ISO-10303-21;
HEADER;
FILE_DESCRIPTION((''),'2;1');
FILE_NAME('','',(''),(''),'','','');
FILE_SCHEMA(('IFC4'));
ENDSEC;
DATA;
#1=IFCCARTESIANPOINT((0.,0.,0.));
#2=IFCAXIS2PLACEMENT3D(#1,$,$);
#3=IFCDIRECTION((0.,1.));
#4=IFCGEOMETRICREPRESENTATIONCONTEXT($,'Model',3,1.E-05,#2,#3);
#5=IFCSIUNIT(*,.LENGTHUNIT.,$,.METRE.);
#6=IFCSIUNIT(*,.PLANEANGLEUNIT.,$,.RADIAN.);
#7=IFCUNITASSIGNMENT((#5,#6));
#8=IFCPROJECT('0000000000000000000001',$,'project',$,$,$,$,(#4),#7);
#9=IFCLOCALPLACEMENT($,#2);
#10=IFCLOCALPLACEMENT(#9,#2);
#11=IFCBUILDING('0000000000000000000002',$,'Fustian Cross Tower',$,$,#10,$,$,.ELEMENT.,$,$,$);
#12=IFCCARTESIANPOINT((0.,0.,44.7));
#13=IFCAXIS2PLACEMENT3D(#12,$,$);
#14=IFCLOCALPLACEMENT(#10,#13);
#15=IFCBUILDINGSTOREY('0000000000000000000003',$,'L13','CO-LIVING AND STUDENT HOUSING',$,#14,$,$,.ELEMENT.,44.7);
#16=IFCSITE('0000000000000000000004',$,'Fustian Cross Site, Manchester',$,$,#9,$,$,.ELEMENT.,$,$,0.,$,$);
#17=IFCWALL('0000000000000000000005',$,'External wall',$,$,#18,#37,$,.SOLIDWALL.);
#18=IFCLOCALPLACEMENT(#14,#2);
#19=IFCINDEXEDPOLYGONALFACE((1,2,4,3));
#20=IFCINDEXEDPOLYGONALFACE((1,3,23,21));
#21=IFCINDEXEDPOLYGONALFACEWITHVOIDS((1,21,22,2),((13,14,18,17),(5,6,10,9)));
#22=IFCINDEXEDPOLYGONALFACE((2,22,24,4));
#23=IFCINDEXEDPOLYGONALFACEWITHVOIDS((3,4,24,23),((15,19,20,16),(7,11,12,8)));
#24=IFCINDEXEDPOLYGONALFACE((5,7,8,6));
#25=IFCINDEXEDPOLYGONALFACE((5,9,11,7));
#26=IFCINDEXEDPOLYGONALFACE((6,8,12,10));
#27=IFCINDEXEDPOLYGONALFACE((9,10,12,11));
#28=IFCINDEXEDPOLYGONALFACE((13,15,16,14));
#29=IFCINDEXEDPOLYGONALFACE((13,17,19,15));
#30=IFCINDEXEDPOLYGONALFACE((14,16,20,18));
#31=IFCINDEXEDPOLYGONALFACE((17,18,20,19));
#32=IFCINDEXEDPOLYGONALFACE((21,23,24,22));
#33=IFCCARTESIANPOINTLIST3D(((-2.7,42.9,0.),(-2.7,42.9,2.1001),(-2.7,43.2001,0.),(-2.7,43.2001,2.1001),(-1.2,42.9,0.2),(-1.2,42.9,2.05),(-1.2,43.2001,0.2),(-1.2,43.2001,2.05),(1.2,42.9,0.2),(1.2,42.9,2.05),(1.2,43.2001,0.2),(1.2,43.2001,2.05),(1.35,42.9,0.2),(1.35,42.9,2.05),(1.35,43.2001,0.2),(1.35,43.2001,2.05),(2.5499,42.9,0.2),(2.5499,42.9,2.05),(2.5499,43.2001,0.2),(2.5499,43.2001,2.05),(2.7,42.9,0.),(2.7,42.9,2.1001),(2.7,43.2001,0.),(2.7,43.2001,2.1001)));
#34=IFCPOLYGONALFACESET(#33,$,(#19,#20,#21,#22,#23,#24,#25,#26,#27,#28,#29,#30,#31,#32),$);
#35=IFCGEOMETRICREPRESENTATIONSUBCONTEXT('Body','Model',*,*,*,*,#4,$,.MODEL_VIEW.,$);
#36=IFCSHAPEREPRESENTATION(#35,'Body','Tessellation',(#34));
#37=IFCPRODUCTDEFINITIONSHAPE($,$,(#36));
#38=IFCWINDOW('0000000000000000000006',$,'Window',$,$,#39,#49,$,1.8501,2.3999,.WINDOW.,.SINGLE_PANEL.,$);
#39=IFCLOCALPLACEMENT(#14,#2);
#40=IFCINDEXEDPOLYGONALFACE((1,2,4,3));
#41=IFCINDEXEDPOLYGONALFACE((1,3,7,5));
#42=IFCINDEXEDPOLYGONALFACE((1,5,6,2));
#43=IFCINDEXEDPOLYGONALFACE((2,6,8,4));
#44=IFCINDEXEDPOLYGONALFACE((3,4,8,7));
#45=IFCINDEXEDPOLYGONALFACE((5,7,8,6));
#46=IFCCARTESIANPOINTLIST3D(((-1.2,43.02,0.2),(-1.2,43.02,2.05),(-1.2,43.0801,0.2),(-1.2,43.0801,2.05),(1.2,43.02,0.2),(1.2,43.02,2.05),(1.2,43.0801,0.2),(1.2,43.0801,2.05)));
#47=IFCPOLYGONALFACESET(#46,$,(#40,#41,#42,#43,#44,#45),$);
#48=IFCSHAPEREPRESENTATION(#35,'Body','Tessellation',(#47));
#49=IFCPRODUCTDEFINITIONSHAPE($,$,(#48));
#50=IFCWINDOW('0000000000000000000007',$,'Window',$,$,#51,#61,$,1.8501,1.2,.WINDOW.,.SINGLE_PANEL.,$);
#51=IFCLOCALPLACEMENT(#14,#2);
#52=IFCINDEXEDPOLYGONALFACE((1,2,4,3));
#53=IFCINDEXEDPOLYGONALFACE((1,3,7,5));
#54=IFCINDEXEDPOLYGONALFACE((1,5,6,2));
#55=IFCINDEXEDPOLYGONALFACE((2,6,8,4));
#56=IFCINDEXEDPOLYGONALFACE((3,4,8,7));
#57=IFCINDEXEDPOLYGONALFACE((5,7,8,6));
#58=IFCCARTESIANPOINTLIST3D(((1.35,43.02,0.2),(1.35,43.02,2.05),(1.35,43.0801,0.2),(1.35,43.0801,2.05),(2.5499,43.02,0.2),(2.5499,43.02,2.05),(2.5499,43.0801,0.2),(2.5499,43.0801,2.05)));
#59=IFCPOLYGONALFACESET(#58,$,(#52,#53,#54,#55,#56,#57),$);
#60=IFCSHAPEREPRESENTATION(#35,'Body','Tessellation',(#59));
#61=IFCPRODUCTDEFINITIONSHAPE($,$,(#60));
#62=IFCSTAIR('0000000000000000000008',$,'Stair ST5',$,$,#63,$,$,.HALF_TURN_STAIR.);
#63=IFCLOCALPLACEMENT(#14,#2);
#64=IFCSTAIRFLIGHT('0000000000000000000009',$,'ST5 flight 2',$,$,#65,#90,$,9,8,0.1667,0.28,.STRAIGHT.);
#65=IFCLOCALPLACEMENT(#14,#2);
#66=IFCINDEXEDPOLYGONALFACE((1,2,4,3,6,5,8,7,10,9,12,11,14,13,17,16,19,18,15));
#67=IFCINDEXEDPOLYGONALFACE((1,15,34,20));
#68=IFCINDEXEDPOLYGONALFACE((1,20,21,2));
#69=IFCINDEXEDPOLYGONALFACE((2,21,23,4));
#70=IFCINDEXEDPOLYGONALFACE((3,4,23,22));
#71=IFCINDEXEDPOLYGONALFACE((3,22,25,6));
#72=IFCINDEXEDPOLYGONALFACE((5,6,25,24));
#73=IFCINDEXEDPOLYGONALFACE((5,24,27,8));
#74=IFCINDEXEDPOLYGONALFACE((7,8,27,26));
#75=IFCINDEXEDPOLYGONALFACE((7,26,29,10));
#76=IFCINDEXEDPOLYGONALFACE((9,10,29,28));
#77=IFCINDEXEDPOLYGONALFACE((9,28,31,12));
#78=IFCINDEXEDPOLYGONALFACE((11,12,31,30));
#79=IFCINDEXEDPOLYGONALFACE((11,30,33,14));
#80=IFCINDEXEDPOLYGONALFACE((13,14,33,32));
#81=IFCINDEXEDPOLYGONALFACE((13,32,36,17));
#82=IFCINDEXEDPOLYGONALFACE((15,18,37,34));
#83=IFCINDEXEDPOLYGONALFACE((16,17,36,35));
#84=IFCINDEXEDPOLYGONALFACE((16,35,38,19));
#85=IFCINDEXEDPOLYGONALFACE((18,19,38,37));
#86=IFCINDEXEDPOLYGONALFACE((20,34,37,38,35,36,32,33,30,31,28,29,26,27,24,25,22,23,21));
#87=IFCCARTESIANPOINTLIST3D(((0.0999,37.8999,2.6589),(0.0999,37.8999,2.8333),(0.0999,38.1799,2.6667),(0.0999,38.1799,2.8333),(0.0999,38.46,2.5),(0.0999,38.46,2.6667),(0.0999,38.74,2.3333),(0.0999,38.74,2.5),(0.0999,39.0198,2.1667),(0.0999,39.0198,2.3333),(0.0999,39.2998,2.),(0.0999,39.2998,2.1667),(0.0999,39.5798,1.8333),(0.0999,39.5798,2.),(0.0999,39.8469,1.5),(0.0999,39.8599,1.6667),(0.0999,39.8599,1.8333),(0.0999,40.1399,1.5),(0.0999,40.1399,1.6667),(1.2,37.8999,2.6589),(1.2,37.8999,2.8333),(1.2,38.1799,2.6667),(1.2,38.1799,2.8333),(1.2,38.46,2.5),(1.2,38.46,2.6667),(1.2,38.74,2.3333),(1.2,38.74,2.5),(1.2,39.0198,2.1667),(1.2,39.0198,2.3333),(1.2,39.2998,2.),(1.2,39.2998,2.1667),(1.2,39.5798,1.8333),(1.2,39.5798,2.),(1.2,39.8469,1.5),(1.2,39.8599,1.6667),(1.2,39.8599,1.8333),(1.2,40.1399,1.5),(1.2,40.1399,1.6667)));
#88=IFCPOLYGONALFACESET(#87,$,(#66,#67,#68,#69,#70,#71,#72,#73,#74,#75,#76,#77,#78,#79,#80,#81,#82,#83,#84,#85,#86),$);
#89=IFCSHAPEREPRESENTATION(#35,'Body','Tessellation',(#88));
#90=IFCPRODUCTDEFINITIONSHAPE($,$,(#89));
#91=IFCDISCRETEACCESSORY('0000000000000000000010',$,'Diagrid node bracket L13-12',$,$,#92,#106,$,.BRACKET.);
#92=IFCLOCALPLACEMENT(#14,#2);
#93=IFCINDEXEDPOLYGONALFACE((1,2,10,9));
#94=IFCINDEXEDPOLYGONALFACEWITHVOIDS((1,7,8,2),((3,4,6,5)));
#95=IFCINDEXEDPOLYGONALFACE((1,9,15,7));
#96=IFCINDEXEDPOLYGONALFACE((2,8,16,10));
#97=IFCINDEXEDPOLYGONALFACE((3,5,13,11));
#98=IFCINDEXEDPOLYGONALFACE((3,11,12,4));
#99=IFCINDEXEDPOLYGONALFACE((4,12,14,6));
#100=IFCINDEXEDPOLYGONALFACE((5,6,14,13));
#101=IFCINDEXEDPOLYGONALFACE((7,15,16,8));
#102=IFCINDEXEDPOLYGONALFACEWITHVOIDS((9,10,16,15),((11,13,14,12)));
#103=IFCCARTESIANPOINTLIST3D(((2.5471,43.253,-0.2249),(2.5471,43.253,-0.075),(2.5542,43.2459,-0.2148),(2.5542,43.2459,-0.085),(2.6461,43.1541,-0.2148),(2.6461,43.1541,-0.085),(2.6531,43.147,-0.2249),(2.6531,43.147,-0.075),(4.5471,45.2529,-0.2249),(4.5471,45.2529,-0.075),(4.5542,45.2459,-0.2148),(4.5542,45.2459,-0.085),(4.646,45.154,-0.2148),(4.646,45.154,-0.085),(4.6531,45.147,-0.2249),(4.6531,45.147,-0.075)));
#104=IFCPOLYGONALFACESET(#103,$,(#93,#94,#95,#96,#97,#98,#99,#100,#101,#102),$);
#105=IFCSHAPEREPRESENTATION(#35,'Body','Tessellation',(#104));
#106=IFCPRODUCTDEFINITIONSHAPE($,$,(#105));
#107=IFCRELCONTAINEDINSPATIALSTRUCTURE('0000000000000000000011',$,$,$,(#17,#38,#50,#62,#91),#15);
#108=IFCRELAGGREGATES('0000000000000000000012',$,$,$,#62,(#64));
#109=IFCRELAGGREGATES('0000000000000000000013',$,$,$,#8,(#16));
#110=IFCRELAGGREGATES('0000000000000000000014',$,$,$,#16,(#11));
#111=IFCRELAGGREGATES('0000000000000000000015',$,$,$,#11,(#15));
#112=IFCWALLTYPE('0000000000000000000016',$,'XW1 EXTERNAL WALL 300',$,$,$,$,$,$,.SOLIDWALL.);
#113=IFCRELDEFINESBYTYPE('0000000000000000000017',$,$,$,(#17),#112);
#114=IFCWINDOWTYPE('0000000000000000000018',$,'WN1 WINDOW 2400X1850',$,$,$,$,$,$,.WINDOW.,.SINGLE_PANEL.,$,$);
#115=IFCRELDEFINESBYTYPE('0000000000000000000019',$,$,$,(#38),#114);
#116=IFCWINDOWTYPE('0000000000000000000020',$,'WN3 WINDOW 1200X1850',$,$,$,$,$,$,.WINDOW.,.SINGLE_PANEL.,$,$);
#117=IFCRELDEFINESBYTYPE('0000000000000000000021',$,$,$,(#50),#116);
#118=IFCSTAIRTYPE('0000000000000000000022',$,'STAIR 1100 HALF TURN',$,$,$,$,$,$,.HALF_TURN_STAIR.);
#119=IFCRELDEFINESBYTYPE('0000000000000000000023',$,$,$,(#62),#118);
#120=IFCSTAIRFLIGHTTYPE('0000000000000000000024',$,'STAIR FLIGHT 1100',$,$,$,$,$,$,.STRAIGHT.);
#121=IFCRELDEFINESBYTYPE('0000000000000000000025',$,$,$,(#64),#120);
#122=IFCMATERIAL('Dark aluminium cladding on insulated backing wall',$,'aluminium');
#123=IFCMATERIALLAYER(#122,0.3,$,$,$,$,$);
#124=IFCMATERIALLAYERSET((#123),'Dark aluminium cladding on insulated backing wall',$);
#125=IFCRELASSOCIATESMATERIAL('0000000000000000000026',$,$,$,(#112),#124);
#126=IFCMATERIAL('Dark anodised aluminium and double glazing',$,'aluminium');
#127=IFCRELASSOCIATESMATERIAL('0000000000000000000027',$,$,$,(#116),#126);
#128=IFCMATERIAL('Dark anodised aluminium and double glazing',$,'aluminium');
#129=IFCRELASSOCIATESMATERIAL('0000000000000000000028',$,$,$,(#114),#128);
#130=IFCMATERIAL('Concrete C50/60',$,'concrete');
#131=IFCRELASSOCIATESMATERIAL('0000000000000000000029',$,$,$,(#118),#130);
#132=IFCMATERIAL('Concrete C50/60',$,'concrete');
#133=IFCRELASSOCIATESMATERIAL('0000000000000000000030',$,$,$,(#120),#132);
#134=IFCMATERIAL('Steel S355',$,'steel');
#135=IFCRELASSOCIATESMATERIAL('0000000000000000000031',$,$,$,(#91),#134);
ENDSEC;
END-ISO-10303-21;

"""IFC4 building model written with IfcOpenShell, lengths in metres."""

from ifc_helpers import new_model, si_unit, direction, frame, frame_2d, origin, origin_2d, place, context, subcontext, project, spatial, polyline, rectangle, hollow_rectangle, outline, extrude, material, layer, layer_set, type_object, element, fill, aggregate, save


model = new_model("IFC4")

# Units and contexts
model_context = context("Model", 3, precision=1e-05, world=origin(), true_north=direction((0.0, 1.0)))
body_context = subcontext(model_context, "Body", "Model", "MODEL_VIEW")
ifc_project = project(units=[si_unit("LENGTHUNIT", "METRE"), si_unit("PLANEANGLEUNIT", "RADIAN")], contexts=[model_context])

# Site, building, storey
site_placement = place(None, origin())
site = spatial("IfcSite", under=ifc_project, at=site_placement, Name="Fustian Cross Site, Manchester", CompositionType="ELEMENT", RefElevation=0.0)
building_placement = place(site_placement, origin())
building = spatial("IfcBuilding", under=site, at=building_placement, Name="Fustian Cross Tower", CompositionType="ELEMENT")
storey_placement = place(building_placement, frame((0.0, 0.0, 44.7)))
storey = spatial("IfcBuildingStorey", under=building, at=storey_placement, Name="L13", Description="CO-LIVING AND STUDENT HOUSING", CompositionType="ELEMENT", Elevation=44.7)

# Shared definitions
ifc_material_1 = material(Name="Dark aluminium cladding on insulated backing wall", Category="aluminium")
ifc_layer_1 = layer(ifc_material_1, 0.3)
ifc_layer_set_1 = layer_set([ifc_layer_1], Name="Dark aluminium cladding on insulated backing wall")
wall_type_1 = type_object("IfcWallType", Name="XW1 EXTERNAL WALL 300", PredefinedType="SOLIDWALL", material=ifc_layer_set_1)
ifc_material_2 = material(Name="Dark anodised aluminium and double glazing", Category="aluminium")
window_type_1 = type_object("IfcWindowType", Name="WN3 WINDOW 1200X1850", PartitioningType="SINGLE_PANEL", PredefinedType="WINDOW", material=ifc_material_2)

# Wall, openings, windows
wall_1_placement = place(storey_placement, frame((2.7, 43.05, 0.0), z_axis=(0.0, 0.0, 1.0), x_axis=(-1.0, 0.0, 0.0)))
wall_1 = element("IfcWall", 1, at=wall_1_placement, inside=storey, type_object=wall_type_1, Name="External wall", PredefinedType="SOLIDWALL", context=body_context, shape_type="SweptSolid", body=[
    extrude(rectangle(XDim=5.3999, YDim=0.3, at=frame_2d((2.7, 0.0))), origin(), (0.0, 0.0, 1.0), 2.1001),
])
opening_1_placement = place(wall_1_placement, frame((1.5, 0.0, 0.2)))
opening_1 = element("IfcOpeningElement", 2, at=opening_1_placement, cuts=wall_1, PredefinedType="OPENING", context=body_context, shape_type="SweptSolid", body=[
    extrude(rectangle(XDim=2.3999, YDim=1.8501, at=frame_2d((1.2, 0.925))), frame((0.0, 0.1599, 0.0), z_axis=(0.0, -1.0, 0.0), x_axis=(1.0, 0.0, 0.0)), (0.0, 0.0, 1.0), 0.3201),
])
opening_2_placement = place(wall_1_placement, frame((0.1499, 0.0, 0.2)))
opening_2 = element("IfcOpeningElement", 3, at=opening_2_placement, cuts=wall_1, PredefinedType="OPENING", context=body_context, shape_type="SweptSolid", body=[
    extrude(rectangle(XDim=1.2, YDim=1.8501, at=frame_2d((0.6001, 0.925))), frame((0.0, 0.1599, 0.0), z_axis=(0.0, -1.0, 0.0), x_axis=(1.0, 0.0, 0.0)), (0.0, 0.0, 1.0), 0.3201),
])
ifc_material_3 = material(Name="Dark anodised aluminium and double glazing", Category="aluminium")
window_type_2 = type_object("IfcWindowType", Name="WN1 WINDOW 2400X1850", PartitioningType="SINGLE_PANEL", PredefinedType="WINDOW", material=ifc_material_3)
window_1_placement = place(opening_1_placement, origin())
window_1 = element("IfcWindow", 4, at=window_1_placement, inside=storey, type_object=window_type_2, Name="Window", OverallHeight=1.8501, OverallWidth=2.3999, PartitioningType="SINGLE_PANEL", PredefinedType="WINDOW", context=body_context, shape_type="SweptSolid", body=[
    extrude(rectangle(XDim=2.3999, YDim=1.8501, at=frame_2d((1.2, 0.925))), frame((0.0, 0.03, 0.0), z_axis=(0.0, -1.0, 0.0), x_axis=(1.0, 0.0, 0.0)), (0.0, 0.0, 1.0), 0.0601),
])
fill(opening_1, window_1)
window_2_placement = place(opening_2_placement, origin())
window_2 = element("IfcWindow", 5, at=window_2_placement, inside=storey, type_object=window_type_1, Name="Window", OverallHeight=1.8501, OverallWidth=1.2, PartitioningType="SINGLE_PANEL", PredefinedType="WINDOW", context=body_context, shape_type="SweptSolid", body=[
    extrude(rectangle(XDim=1.2, YDim=1.8501, at=frame_2d((0.6001, 0.925))), frame((0.0, 0.03, 0.0), z_axis=(0.0, -1.0, 0.0), x_axis=(1.0, 0.0, 0.0)), (0.0, 0.0, 1.0), 0.0601),
])
fill(opening_2, window_2)

# Stair, stair flight
ifc_material_4 = material(Name="Concrete C50/60", Category="concrete")
stair_type = type_object("IfcStairType", Name="STAIR 1100 HALF TURN", PredefinedType="HALF_TURN_STAIR", material=ifc_material_4)
stair_placement = place(storey_placement, origin())
stair = element("IfcStair", 6, at=stair_placement, inside=storey, type_object=stair_type, Name="Stair ST5", PredefinedType="HALF_TURN_STAIR")
ifc_material_5 = material(Name="Concrete C50/60", Category="concrete")
stair_flight_type = type_object("IfcStairFlightType", Name="STAIR FLIGHT 1100", PredefinedType="STRAIGHT", material=ifc_material_5)
stair_flight_placement = place(storey_placement, frame((0.6499, 40.1399, 1.5), z_axis=(0.0, 0.0, 1.0), x_axis=(0.0, -1.0, 0.0)))
stair_flight = element("IfcStairFlight", 7, at=stair_flight_placement, type_object=stair_flight_type, Name="ST5 flight 2", NumberOfRisers=9, NumberOfTreads=8, PredefinedType="STRAIGHT", RiserHeight=0.1667, TreadLength=0.28, context=body_context, shape_type="SweptSolid", body=[
    extrude(outline(polyline([(0.0, 0.0), (0.0, 0.1667), (0.28, 0.1667), (0.28, 0.3333), (0.5601, 0.3333), (0.5601, 0.5), (0.8401, 0.5), (0.8401, 0.6667), (1.1201, 0.6667), (1.1201, 0.8333), (1.3999, 0.8333), (1.3999, 1.0), (1.6799, 1.0), (1.6799, 1.1667), (1.96, 1.1667), (1.96, 1.3333), (2.24, 1.3333), (2.24, 1.5), (2.24, 1.1589), (0.293, 0.0), (0.0, 0.0)])), frame((0.0, 0.55, 0.0), z_axis=(0.0, -1.0, 0.0), x_axis=(1.0, 0.0, 0.0)), (0.0, 0.0, 1.0), 1.1001),
])
aggregate(stair, [stair_flight])

# Discrete accessory
ifc_material_6 = material(Name="Steel S355", Category="steel")
discrete_accessory_placement = place(storey_placement, frame((4.6001, 45.2, -0.1499), z_axis=(-0.707107, -0.707107, 0.0), x_axis=(0.707107, -0.707107, 0.0)))
element("IfcDiscreteAccessory", 8, at=discrete_accessory_placement, inside=storey, material=ifc_material_6, Name="Diagrid node bracket L13-12", PredefinedType="BRACKET", context=body_context, shape_type="SweptSolid", body=[
    extrude(hollow_rectangle(XDim=0.1499, YDim=0.1499, WallThickness=0.01, at=origin_2d()), origin(), (0.0, 0.0, 1.0), 2.8284),
])

save(model, "model.ifc")
